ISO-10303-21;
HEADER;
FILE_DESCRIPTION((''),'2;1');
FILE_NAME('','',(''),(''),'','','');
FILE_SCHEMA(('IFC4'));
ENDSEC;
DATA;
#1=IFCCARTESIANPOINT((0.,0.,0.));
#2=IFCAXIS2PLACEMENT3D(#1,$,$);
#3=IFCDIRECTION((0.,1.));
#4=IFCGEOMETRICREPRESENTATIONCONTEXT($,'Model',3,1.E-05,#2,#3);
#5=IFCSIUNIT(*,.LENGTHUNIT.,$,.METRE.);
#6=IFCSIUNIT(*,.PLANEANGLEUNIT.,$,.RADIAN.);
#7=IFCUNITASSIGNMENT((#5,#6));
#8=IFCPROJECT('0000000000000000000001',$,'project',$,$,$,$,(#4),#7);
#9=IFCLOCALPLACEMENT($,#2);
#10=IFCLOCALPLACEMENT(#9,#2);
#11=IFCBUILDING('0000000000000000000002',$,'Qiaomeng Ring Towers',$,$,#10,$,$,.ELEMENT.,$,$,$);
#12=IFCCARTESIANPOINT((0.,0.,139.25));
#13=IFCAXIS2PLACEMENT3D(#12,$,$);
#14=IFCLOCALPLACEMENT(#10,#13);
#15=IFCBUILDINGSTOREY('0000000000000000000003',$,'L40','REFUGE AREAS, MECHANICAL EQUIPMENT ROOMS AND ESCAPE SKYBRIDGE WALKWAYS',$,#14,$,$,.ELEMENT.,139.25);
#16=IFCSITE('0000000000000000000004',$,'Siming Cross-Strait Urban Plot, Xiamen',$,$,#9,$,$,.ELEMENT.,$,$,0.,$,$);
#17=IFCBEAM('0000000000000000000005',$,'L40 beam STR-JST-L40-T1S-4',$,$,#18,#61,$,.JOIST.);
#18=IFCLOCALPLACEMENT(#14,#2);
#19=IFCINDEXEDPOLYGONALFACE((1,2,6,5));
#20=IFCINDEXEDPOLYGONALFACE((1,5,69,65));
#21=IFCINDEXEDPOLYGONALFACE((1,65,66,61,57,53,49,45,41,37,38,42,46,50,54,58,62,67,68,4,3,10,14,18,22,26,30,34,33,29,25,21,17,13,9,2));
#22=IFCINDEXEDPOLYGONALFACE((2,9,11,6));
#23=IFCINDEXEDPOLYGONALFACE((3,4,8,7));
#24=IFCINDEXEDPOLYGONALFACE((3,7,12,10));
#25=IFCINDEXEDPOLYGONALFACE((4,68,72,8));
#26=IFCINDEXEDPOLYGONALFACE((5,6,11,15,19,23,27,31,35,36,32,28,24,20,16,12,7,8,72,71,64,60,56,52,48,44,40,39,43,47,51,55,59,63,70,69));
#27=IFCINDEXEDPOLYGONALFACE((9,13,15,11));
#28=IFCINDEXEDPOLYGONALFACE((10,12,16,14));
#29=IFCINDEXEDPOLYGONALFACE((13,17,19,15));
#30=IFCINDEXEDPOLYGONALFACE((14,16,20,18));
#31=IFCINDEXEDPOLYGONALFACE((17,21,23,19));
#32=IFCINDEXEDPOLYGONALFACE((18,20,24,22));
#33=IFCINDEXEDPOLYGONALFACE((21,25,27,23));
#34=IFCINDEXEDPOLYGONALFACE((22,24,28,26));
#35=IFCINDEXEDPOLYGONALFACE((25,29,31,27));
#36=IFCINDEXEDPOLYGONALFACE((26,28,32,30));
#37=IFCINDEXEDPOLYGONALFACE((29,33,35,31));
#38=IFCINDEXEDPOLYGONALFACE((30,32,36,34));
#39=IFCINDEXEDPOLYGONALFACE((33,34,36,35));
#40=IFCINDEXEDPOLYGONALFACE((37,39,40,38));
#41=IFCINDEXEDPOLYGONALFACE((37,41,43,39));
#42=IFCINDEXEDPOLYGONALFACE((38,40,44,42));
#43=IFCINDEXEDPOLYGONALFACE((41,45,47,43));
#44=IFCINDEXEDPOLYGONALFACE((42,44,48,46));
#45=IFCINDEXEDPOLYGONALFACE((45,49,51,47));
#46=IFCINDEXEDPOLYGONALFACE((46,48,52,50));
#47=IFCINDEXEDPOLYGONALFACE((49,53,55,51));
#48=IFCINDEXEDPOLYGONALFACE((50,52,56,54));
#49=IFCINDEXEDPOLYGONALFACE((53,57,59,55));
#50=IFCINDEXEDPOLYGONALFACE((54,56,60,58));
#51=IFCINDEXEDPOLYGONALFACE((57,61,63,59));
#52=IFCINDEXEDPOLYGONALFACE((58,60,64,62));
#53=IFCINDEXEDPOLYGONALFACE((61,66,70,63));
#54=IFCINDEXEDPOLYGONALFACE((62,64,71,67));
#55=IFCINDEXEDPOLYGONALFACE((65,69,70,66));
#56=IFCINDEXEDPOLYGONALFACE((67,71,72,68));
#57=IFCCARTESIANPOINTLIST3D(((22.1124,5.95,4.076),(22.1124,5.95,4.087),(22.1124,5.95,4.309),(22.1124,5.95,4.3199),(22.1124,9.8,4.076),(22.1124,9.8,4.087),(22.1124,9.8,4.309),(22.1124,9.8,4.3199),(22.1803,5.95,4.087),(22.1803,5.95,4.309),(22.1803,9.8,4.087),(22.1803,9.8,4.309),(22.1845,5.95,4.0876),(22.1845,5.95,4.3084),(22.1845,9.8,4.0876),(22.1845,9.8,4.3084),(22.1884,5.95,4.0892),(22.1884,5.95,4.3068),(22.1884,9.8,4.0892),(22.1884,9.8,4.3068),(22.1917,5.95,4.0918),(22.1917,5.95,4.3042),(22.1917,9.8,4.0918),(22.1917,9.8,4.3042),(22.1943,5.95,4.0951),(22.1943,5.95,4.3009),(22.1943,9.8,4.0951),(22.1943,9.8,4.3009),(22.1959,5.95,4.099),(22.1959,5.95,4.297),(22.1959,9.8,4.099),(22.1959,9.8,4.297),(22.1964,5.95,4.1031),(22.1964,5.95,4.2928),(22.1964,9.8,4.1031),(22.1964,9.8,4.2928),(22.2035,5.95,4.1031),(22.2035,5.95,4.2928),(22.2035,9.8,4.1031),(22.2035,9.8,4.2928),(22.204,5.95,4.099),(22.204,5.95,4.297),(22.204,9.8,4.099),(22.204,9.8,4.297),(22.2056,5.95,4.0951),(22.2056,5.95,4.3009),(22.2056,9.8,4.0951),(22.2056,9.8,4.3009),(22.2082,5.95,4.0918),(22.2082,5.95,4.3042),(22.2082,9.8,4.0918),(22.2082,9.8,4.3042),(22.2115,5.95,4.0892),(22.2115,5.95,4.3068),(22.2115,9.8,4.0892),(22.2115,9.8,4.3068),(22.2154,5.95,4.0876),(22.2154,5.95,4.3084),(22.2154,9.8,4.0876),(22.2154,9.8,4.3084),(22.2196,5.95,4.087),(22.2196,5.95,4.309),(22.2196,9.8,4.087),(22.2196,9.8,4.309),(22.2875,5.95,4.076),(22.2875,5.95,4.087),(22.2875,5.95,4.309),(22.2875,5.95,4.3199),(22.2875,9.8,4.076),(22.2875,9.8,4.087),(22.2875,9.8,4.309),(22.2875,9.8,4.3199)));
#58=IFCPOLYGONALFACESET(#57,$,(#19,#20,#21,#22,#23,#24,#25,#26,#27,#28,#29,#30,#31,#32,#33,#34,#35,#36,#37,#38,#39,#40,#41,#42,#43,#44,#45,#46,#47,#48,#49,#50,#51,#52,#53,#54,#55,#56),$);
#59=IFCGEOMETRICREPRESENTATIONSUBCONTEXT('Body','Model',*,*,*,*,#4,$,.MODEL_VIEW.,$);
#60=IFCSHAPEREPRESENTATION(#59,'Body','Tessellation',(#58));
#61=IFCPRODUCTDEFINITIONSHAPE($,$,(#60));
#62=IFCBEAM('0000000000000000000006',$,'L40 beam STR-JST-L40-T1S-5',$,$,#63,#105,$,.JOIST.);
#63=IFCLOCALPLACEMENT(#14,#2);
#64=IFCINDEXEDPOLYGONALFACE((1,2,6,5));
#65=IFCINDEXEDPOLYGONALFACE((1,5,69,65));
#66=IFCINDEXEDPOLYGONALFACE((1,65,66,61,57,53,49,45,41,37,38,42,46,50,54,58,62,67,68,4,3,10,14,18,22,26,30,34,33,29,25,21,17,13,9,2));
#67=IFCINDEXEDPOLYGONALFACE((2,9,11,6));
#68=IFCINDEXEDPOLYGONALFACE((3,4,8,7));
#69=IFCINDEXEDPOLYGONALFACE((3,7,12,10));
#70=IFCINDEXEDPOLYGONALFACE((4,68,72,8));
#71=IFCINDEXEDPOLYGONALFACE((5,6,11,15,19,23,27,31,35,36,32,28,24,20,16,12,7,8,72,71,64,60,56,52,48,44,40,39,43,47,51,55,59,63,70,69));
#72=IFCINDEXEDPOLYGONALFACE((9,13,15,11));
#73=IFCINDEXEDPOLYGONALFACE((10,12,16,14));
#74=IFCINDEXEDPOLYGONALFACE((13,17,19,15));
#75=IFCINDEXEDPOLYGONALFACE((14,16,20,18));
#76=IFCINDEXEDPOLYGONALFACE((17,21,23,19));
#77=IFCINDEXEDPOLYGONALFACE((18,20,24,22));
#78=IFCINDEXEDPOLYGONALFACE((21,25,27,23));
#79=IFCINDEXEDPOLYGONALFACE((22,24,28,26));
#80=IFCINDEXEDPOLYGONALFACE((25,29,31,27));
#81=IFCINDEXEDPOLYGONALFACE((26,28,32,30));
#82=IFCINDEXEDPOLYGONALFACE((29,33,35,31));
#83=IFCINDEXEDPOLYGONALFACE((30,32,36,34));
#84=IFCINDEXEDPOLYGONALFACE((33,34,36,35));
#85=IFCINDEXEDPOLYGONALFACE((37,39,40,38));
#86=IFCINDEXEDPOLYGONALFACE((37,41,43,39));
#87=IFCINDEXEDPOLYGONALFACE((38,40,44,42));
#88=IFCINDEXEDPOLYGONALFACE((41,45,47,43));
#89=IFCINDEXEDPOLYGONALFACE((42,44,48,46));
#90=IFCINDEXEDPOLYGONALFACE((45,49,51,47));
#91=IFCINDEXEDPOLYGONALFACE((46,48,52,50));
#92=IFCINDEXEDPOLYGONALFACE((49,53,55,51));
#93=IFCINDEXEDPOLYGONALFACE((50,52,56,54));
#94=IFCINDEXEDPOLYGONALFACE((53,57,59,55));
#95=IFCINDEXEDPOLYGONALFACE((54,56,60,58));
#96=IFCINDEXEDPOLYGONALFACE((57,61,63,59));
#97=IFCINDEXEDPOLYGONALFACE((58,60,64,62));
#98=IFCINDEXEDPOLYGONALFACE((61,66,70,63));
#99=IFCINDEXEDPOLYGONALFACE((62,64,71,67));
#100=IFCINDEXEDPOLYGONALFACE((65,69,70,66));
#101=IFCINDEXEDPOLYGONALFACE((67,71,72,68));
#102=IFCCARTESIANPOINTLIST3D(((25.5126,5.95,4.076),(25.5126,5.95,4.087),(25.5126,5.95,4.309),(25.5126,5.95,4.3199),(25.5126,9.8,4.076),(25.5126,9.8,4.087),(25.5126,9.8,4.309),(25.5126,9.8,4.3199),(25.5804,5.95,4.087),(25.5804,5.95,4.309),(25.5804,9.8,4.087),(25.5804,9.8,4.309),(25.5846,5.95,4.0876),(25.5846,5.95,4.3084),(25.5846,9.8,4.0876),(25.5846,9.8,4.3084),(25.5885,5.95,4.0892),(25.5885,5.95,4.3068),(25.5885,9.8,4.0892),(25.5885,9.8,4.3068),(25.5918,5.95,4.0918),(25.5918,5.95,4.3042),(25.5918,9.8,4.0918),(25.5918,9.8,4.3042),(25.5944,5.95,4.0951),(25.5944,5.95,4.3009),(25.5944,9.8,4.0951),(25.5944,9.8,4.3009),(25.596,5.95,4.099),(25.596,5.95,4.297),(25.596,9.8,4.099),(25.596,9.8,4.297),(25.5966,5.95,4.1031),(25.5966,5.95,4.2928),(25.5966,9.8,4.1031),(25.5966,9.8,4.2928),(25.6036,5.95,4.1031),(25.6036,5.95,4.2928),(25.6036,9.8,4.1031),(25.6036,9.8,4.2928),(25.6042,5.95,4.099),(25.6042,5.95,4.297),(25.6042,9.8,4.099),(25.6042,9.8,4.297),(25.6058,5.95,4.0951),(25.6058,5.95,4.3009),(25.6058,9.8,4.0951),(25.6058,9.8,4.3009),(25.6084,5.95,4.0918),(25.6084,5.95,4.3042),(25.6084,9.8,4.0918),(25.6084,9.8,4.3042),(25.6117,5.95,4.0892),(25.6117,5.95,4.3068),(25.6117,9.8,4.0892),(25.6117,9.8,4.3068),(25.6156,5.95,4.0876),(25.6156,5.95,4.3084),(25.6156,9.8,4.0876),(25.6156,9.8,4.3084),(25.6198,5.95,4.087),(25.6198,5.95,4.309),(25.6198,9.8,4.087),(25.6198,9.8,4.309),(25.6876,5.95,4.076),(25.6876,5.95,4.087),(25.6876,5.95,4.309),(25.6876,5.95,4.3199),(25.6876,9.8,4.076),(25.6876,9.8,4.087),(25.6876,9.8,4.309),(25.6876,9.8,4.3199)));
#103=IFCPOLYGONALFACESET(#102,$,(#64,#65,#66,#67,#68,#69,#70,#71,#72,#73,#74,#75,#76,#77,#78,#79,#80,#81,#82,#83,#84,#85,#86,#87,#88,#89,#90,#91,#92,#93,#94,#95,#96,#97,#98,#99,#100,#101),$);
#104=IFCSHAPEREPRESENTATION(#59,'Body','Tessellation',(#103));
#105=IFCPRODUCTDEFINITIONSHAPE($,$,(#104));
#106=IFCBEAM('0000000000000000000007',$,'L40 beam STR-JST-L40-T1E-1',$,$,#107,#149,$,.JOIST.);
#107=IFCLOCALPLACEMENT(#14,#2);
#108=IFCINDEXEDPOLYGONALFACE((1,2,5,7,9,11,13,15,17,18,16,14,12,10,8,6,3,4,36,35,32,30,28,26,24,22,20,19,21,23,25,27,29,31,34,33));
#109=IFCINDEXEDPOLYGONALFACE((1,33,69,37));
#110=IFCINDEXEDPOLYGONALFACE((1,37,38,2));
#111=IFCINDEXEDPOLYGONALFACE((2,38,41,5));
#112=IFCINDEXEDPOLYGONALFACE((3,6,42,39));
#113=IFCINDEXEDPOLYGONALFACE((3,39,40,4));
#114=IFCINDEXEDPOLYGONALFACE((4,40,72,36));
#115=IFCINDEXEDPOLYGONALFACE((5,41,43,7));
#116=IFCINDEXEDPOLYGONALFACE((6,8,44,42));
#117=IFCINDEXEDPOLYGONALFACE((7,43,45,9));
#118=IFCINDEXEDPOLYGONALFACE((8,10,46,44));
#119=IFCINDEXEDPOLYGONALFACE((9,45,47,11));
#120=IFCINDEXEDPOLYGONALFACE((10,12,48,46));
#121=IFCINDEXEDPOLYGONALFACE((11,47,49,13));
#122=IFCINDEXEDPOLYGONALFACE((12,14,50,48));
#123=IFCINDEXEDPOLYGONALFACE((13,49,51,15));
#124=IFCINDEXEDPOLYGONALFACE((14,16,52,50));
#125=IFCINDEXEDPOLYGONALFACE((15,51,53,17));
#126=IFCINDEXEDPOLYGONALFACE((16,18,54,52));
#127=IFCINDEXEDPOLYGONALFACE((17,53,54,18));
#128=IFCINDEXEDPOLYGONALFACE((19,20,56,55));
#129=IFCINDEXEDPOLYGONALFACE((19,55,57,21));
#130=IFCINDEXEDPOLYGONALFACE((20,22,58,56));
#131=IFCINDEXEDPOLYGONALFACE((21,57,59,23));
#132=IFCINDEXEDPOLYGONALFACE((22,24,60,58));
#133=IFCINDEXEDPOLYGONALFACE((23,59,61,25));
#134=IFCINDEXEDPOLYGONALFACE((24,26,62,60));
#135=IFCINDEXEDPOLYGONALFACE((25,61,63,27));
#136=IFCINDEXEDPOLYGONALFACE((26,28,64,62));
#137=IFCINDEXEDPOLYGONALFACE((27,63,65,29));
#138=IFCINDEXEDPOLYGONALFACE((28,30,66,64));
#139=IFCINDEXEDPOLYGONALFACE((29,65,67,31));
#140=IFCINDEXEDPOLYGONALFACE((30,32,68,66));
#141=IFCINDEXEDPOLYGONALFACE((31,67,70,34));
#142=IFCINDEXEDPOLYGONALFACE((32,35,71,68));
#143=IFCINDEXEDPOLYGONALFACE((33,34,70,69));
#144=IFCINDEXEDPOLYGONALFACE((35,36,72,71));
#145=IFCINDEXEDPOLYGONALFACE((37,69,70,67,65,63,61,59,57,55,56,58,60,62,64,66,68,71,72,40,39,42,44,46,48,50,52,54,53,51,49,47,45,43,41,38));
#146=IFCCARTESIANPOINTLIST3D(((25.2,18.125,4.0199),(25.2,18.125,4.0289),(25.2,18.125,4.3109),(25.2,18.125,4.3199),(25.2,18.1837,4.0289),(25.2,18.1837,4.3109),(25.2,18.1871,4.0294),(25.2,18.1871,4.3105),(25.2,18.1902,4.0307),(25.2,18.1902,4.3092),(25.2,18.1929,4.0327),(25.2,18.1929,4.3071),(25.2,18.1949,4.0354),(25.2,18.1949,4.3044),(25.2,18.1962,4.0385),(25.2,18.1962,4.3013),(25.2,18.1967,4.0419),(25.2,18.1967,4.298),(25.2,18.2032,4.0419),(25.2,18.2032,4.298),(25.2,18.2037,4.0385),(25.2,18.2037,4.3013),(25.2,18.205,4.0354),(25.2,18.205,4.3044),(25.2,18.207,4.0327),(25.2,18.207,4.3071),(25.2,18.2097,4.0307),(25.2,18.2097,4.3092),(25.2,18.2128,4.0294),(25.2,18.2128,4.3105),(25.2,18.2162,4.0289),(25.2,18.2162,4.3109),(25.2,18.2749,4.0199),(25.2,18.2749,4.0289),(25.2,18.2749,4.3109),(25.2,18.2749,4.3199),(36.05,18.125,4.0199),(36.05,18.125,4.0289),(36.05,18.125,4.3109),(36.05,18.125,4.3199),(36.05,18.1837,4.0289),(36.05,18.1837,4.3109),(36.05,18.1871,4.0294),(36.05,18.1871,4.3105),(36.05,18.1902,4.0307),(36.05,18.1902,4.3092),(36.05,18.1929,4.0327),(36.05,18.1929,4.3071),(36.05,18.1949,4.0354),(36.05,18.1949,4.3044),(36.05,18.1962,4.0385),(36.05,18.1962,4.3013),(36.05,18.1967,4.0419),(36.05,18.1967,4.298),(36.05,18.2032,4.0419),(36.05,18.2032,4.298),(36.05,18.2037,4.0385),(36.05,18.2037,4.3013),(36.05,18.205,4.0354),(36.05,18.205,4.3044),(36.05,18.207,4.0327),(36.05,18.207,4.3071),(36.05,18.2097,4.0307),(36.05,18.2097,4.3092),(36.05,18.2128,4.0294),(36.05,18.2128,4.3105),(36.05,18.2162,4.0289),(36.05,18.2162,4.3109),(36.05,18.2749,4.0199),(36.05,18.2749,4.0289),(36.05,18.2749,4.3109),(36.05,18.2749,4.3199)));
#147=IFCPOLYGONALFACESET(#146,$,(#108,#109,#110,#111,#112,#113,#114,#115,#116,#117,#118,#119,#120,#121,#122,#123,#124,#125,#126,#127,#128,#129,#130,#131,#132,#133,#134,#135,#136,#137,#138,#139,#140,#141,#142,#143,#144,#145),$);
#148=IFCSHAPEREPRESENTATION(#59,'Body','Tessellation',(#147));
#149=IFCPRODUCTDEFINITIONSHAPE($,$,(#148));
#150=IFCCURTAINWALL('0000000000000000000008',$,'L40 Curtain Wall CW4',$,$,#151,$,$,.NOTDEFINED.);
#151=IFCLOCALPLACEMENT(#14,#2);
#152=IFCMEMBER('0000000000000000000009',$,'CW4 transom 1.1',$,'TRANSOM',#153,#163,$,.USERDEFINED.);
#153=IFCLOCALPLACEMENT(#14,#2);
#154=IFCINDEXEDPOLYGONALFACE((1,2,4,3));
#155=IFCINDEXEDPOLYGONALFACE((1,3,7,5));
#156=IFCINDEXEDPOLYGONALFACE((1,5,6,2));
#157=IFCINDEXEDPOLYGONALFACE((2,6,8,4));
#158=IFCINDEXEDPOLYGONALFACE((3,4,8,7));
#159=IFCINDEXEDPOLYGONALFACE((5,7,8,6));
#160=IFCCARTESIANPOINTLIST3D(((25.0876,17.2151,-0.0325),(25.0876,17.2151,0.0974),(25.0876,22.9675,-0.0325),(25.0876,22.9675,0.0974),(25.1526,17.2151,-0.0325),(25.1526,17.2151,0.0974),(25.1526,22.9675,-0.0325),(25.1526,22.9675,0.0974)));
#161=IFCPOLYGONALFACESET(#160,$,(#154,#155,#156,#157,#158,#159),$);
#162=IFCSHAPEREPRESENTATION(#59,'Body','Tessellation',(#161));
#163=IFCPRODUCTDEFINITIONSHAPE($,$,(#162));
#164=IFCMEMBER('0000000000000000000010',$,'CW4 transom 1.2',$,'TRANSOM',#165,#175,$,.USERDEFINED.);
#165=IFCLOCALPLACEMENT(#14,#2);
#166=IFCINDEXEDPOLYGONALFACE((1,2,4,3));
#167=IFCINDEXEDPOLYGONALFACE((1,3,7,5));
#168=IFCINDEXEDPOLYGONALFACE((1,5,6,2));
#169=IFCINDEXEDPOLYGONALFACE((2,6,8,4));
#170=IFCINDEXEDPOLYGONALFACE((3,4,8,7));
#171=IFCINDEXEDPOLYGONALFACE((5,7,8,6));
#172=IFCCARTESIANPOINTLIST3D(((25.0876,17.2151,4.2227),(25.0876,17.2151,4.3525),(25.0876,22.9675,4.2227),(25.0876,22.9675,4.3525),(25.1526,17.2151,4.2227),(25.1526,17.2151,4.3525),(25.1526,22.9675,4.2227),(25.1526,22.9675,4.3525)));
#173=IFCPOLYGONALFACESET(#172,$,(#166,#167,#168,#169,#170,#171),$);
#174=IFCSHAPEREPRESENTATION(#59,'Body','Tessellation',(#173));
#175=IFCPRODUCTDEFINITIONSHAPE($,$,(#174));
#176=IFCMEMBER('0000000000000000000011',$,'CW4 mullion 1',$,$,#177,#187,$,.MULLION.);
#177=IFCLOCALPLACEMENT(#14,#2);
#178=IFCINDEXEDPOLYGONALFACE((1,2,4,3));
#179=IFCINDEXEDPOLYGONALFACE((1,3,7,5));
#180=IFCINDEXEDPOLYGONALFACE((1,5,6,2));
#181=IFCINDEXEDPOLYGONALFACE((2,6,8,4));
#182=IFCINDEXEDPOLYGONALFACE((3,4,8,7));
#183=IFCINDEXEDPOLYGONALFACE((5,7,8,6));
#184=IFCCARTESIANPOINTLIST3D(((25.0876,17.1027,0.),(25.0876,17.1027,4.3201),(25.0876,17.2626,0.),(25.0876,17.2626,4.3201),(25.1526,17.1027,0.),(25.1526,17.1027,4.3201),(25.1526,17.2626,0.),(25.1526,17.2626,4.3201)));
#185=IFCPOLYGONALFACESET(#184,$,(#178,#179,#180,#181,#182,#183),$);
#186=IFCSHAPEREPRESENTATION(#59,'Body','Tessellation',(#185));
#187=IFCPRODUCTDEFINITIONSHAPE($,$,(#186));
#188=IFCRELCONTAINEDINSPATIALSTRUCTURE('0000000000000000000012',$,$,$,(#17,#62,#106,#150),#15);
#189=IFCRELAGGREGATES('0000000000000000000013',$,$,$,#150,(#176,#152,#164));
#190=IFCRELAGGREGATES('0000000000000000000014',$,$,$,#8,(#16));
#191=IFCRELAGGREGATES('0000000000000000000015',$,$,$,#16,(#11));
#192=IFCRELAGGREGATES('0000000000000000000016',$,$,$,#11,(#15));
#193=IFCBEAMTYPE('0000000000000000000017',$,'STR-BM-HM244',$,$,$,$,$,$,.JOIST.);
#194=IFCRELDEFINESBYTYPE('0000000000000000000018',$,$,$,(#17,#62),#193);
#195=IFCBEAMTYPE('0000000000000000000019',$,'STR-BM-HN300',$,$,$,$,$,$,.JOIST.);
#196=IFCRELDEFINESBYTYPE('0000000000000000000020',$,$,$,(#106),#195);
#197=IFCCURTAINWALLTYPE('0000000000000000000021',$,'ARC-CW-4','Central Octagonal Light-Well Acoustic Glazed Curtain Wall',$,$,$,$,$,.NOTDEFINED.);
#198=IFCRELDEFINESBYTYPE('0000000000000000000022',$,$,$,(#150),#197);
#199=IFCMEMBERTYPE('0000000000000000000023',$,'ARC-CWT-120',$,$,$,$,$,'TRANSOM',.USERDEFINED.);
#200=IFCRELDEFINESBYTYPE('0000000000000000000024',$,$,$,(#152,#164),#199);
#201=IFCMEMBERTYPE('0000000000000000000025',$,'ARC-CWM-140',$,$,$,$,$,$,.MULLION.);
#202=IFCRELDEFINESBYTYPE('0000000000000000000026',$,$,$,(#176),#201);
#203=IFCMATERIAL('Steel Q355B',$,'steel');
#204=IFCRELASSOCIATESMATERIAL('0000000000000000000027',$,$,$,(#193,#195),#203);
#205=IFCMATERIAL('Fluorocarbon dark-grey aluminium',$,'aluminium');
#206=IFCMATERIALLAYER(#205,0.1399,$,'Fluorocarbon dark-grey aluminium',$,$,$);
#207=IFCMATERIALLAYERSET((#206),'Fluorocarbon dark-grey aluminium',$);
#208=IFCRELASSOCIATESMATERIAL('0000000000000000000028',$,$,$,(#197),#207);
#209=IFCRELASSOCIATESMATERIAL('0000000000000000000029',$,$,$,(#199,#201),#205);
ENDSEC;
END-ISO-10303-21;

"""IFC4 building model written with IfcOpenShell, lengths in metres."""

from ifc_helpers import new_model, si_unit, direction, frame, origin, origin_2d, place, context, subcontext, project, spatial, rectangle, i_section, extrude, source, transform, mapped, material, layer, layer_set, material_profile, profile_set, type_object, element, aggregate, save


model = new_model("IFC4")

# Units and contexts
model_context = context("Model", 3, precision=1e-05, world=origin(), true_north=direction((0.0, 1.0)))
body_context = subcontext(model_context, "Body", "Model", "MODEL_VIEW")
ifc_project = project(units=[si_unit("LENGTHUNIT", "METRE"), si_unit("PLANEANGLEUNIT", "RADIAN")], contexts=[model_context])

# Site, building, storey
site_placement = place(None, origin())
site = spatial("IfcSite", under=ifc_project, at=site_placement, Name="Siming Cross-Strait Urban Plot, Xiamen", CompositionType="ELEMENT", RefElevation=0.0)
building_placement = place(site_placement, origin())
building = spatial("IfcBuilding", under=site, at=building_placement, Name="Qiaomeng Ring Towers", CompositionType="ELEMENT")
storey_placement = place(building_placement, frame((0.0, 0.0, 139.25)))
storey = spatial("IfcBuildingStorey", under=building, at=storey_placement, Name="L40", Description="REFUGE AREAS, MECHANICAL EQUIPMENT ROOMS AND ESCAPE SKYBRIDGE WALKWAYS", CompositionType="ELEMENT", Elevation=139.25)

# Shared definitions
ifc_material_1 = material(Name="Steel Q355B", Category="steel")

# Beams
ifc_material_profile_1 = material_profile(ifc_material_1, i_section(OverallWidth=0.175, OverallDepth=0.2439, WebThickness=0.0071, FlangeThickness=0.011, FilletRadius=0.0161, at=origin_2d()), Name="HM 244x175x7x11")
ifc_profile_set_1 = profile_set([ifc_material_profile_1], Name="Steel Q355B")
beam_type_1 = type_object("IfcBeamType", Name="STR-BM-HM244", PredefinedType="JOIST", material=ifc_profile_set_1)
shared_shape_1 = source(origin(), body_context, "Body", "SweptSolid", [
    extrude(i_section(OverallWidth=0.175, OverallDepth=0.2439, WebThickness=0.0071, FlangeThickness=0.011, FilletRadius=0.0161, at=origin_2d()), origin(), (0.0, 0.0, 1.0), 3.8501),
])
for number, where, z_axis, x_axis, name in (
    (1, (22.2, 5.95, 4.198), (0.0, 1.0, 0.0), (-1.0, 0.0, 0.0), "L40 beam STR-JST-L40-T1S-4"),
    (2, (25.6001, 5.95, 4.198), (0.0, 1.0, 0.0), (-1.0, 0.0, 0.0), "L40 beam STR-JST-L40-T1S-5"),
):
    element("IfcBeam", number, at=place(storey_placement, frame(where, z_axis=z_axis, x_axis=x_axis)), inside=storey, type_object=beam_type_1, Name=name, PredefinedType="JOIST", context=body_context, shape_type="MappedRepresentation", body=[
        mapped(shared_shape_1, transform((0.0, 0.0, 0.0), x_axis=(1.0, 0.0, 0.0), y_axis=(0.0, 1.0, 0.0), z_axis=(0.0, 0.0, 1.0), scale=1.0)),
    ])
ifc_material_profile_2 = material_profile(ifc_material_1, i_section(OverallWidth=0.1499, OverallDepth=0.3, WebThickness=0.0066, FlangeThickness=0.009, FilletRadius=0.0129, at=origin_2d()), Name="HN 300x150x6.5x9")
ifc_profile_set_2 = profile_set([ifc_material_profile_2], Name="Steel Q355B")
beam_type_2 = type_object("IfcBeamType", Name="STR-BM-HN300", PredefinedType="JOIST", material=ifc_profile_set_2)
shared_shape_2 = source(origin(), body_context, "Body", "SweptSolid", [
    extrude(i_section(OverallWidth=0.1499, OverallDepth=0.3, WebThickness=0.0066, FlangeThickness=0.009, FilletRadius=0.0129, at=origin_2d()), origin(), (0.0, 0.0, 1.0), 10.8501),
])
beam_1_placement = place(storey_placement, frame((25.2, 18.2, 4.1699), z_axis=(1.0, 0.0, 0.0), x_axis=(0.0, 1.0, 0.0)))
element("IfcBeam", 3, at=beam_1_placement, inside=storey, type_object=beam_type_2, Name="L40 beam STR-JST-L40-T1E-1", PredefinedType="JOIST", context=body_context, shape_type="MappedRepresentation", body=[
    mapped(shared_shape_2, transform((0.0, 0.0, 0.0), x_axis=(1.0, 0.0, 0.0), y_axis=(0.0, 1.0, 0.0), z_axis=(0.0, 0.0, 1.0), scale=1.0)),
])

# Curtain wall, members
ifc_material_2 = material(Name="Fluorocarbon dark-grey aluminium", Category="aluminium")
ifc_layer_1 = layer(ifc_material_2, 0.1399, Name="Fluorocarbon dark-grey aluminium")
ifc_layer_set_1 = layer_set([ifc_layer_1], Name="Fluorocarbon dark-grey aluminium")
curtain_wall_type = type_object("IfcCurtainWallType", Name="ARC-CW-4", Description="Central Octagonal Light-Well Acoustic Glazed Curtain Wall", PredefinedType="NOTDEFINED", material=ifc_layer_set_1)
curtain_wall_placement = place(storey_placement, origin())
curtain_wall = element("IfcCurtainWall", 4, at=curtain_wall_placement, inside=storey, type_object=curtain_wall_type, Name="L40 Curtain Wall CW4", PredefinedType="NOTDEFINED")
ifc_material_profile_3 = material_profile(ifc_material_2, rectangle(XDim=0.0649, YDim=0.1299, at=origin_2d()), Name="ALU TRAN 65x130")
ifc_profile_set_3 = profile_set([ifc_material_profile_3], Name="Fluorocarbon dark-grey aluminium")
member_type_1 = type_object("IfcMemberType", Name="ARC-CWT-120", ElementType="TRANSOM", PredefinedType="USERDEFINED", material=ifc_profile_set_3)
shared_shape_3 = source(origin(), body_context, "Body", "SweptSolid", [
    extrude(rectangle(XDim=0.0649, YDim=0.1299, at=origin_2d()), origin(), (0.0, 0.0, 1.0), 5.7524),
])
member_1_placement = place(storey_placement, frame((25.1201, 17.2151, 0.0325), z_axis=(0.0, 1.0, 0.0), x_axis=(-1.0, 0.0, 0.0)))
member_1 = element("IfcMember", 5, at=member_1_placement, type_object=member_type_1, Name="CW4 transom 1.1", ObjectType="TRANSOM", PredefinedType="USERDEFINED", context=body_context, shape_type="MappedRepresentation", body=[
    mapped(shared_shape_3, transform((0.0, 0.0, 0.0), x_axis=(1.0, 0.0, 0.0), y_axis=(0.0, 1.0, 0.0), z_axis=(0.0, 0.0, 1.0), scale=1.0)),
])
member_2_placement = place(storey_placement, frame((25.1201, 17.2151, 4.2876), z_axis=(0.0, 1.0, 0.0), x_axis=(-1.0, 0.0, 0.0)))
member_2 = element("IfcMember", 6, at=member_2_placement, type_object=member_type_1, Name="CW4 transom 1.2", ObjectType="TRANSOM", PredefinedType="USERDEFINED", context=body_context, shape_type="MappedRepresentation", body=[
    mapped(shared_shape_3, transform((0.0, 0.0, 0.0), x_axis=(1.0, 0.0, 0.0), y_axis=(0.0, 1.0, 0.0), z_axis=(0.0, 0.0, 1.0), scale=1.0)),
])
ifc_material_profile_4 = material_profile(ifc_material_2, rectangle(XDim=0.0649, YDim=0.1599, at=origin_2d()), Name="ALU MULL 65x160")
ifc_profile_set_4 = profile_set([ifc_material_profile_4], Name="Fluorocarbon dark-grey aluminium")
member_type_2 = type_object("IfcMemberType", Name="ARC-CWM-140", PredefinedType="MULLION", material=ifc_profile_set_4)
shared_shape_4 = source(origin(), body_context, "Body", "SweptSolid", [
    extrude(rectangle(XDim=0.0649, YDim=0.1599, at=origin_2d()), origin(), (0.0, 0.0, 1.0), 4.3201),
])
member_3_placement = place(storey_placement, frame((25.1201, 17.1826, 0.0), z_axis=(0.0, 0.0, 1.0), x_axis=(-1.0, 0.0, 0.0)))
member_3 = element("IfcMember", 7, at=member_3_placement, type_object=member_type_2, Name="CW4 mullion 1", PredefinedType="MULLION", context=body_context, shape_type="MappedRepresentation", body=[
    mapped(shared_shape_4, transform((0.0, 0.0, 0.0), x_axis=(1.0, 0.0, 0.0), y_axis=(0.0, 1.0, 0.0), z_axis=(0.0, 0.0, 1.0), scale=1.0)),
])

aggregate(curtain_wall, [member_3, member_1, member_2])

save(model, "model.ifc")
